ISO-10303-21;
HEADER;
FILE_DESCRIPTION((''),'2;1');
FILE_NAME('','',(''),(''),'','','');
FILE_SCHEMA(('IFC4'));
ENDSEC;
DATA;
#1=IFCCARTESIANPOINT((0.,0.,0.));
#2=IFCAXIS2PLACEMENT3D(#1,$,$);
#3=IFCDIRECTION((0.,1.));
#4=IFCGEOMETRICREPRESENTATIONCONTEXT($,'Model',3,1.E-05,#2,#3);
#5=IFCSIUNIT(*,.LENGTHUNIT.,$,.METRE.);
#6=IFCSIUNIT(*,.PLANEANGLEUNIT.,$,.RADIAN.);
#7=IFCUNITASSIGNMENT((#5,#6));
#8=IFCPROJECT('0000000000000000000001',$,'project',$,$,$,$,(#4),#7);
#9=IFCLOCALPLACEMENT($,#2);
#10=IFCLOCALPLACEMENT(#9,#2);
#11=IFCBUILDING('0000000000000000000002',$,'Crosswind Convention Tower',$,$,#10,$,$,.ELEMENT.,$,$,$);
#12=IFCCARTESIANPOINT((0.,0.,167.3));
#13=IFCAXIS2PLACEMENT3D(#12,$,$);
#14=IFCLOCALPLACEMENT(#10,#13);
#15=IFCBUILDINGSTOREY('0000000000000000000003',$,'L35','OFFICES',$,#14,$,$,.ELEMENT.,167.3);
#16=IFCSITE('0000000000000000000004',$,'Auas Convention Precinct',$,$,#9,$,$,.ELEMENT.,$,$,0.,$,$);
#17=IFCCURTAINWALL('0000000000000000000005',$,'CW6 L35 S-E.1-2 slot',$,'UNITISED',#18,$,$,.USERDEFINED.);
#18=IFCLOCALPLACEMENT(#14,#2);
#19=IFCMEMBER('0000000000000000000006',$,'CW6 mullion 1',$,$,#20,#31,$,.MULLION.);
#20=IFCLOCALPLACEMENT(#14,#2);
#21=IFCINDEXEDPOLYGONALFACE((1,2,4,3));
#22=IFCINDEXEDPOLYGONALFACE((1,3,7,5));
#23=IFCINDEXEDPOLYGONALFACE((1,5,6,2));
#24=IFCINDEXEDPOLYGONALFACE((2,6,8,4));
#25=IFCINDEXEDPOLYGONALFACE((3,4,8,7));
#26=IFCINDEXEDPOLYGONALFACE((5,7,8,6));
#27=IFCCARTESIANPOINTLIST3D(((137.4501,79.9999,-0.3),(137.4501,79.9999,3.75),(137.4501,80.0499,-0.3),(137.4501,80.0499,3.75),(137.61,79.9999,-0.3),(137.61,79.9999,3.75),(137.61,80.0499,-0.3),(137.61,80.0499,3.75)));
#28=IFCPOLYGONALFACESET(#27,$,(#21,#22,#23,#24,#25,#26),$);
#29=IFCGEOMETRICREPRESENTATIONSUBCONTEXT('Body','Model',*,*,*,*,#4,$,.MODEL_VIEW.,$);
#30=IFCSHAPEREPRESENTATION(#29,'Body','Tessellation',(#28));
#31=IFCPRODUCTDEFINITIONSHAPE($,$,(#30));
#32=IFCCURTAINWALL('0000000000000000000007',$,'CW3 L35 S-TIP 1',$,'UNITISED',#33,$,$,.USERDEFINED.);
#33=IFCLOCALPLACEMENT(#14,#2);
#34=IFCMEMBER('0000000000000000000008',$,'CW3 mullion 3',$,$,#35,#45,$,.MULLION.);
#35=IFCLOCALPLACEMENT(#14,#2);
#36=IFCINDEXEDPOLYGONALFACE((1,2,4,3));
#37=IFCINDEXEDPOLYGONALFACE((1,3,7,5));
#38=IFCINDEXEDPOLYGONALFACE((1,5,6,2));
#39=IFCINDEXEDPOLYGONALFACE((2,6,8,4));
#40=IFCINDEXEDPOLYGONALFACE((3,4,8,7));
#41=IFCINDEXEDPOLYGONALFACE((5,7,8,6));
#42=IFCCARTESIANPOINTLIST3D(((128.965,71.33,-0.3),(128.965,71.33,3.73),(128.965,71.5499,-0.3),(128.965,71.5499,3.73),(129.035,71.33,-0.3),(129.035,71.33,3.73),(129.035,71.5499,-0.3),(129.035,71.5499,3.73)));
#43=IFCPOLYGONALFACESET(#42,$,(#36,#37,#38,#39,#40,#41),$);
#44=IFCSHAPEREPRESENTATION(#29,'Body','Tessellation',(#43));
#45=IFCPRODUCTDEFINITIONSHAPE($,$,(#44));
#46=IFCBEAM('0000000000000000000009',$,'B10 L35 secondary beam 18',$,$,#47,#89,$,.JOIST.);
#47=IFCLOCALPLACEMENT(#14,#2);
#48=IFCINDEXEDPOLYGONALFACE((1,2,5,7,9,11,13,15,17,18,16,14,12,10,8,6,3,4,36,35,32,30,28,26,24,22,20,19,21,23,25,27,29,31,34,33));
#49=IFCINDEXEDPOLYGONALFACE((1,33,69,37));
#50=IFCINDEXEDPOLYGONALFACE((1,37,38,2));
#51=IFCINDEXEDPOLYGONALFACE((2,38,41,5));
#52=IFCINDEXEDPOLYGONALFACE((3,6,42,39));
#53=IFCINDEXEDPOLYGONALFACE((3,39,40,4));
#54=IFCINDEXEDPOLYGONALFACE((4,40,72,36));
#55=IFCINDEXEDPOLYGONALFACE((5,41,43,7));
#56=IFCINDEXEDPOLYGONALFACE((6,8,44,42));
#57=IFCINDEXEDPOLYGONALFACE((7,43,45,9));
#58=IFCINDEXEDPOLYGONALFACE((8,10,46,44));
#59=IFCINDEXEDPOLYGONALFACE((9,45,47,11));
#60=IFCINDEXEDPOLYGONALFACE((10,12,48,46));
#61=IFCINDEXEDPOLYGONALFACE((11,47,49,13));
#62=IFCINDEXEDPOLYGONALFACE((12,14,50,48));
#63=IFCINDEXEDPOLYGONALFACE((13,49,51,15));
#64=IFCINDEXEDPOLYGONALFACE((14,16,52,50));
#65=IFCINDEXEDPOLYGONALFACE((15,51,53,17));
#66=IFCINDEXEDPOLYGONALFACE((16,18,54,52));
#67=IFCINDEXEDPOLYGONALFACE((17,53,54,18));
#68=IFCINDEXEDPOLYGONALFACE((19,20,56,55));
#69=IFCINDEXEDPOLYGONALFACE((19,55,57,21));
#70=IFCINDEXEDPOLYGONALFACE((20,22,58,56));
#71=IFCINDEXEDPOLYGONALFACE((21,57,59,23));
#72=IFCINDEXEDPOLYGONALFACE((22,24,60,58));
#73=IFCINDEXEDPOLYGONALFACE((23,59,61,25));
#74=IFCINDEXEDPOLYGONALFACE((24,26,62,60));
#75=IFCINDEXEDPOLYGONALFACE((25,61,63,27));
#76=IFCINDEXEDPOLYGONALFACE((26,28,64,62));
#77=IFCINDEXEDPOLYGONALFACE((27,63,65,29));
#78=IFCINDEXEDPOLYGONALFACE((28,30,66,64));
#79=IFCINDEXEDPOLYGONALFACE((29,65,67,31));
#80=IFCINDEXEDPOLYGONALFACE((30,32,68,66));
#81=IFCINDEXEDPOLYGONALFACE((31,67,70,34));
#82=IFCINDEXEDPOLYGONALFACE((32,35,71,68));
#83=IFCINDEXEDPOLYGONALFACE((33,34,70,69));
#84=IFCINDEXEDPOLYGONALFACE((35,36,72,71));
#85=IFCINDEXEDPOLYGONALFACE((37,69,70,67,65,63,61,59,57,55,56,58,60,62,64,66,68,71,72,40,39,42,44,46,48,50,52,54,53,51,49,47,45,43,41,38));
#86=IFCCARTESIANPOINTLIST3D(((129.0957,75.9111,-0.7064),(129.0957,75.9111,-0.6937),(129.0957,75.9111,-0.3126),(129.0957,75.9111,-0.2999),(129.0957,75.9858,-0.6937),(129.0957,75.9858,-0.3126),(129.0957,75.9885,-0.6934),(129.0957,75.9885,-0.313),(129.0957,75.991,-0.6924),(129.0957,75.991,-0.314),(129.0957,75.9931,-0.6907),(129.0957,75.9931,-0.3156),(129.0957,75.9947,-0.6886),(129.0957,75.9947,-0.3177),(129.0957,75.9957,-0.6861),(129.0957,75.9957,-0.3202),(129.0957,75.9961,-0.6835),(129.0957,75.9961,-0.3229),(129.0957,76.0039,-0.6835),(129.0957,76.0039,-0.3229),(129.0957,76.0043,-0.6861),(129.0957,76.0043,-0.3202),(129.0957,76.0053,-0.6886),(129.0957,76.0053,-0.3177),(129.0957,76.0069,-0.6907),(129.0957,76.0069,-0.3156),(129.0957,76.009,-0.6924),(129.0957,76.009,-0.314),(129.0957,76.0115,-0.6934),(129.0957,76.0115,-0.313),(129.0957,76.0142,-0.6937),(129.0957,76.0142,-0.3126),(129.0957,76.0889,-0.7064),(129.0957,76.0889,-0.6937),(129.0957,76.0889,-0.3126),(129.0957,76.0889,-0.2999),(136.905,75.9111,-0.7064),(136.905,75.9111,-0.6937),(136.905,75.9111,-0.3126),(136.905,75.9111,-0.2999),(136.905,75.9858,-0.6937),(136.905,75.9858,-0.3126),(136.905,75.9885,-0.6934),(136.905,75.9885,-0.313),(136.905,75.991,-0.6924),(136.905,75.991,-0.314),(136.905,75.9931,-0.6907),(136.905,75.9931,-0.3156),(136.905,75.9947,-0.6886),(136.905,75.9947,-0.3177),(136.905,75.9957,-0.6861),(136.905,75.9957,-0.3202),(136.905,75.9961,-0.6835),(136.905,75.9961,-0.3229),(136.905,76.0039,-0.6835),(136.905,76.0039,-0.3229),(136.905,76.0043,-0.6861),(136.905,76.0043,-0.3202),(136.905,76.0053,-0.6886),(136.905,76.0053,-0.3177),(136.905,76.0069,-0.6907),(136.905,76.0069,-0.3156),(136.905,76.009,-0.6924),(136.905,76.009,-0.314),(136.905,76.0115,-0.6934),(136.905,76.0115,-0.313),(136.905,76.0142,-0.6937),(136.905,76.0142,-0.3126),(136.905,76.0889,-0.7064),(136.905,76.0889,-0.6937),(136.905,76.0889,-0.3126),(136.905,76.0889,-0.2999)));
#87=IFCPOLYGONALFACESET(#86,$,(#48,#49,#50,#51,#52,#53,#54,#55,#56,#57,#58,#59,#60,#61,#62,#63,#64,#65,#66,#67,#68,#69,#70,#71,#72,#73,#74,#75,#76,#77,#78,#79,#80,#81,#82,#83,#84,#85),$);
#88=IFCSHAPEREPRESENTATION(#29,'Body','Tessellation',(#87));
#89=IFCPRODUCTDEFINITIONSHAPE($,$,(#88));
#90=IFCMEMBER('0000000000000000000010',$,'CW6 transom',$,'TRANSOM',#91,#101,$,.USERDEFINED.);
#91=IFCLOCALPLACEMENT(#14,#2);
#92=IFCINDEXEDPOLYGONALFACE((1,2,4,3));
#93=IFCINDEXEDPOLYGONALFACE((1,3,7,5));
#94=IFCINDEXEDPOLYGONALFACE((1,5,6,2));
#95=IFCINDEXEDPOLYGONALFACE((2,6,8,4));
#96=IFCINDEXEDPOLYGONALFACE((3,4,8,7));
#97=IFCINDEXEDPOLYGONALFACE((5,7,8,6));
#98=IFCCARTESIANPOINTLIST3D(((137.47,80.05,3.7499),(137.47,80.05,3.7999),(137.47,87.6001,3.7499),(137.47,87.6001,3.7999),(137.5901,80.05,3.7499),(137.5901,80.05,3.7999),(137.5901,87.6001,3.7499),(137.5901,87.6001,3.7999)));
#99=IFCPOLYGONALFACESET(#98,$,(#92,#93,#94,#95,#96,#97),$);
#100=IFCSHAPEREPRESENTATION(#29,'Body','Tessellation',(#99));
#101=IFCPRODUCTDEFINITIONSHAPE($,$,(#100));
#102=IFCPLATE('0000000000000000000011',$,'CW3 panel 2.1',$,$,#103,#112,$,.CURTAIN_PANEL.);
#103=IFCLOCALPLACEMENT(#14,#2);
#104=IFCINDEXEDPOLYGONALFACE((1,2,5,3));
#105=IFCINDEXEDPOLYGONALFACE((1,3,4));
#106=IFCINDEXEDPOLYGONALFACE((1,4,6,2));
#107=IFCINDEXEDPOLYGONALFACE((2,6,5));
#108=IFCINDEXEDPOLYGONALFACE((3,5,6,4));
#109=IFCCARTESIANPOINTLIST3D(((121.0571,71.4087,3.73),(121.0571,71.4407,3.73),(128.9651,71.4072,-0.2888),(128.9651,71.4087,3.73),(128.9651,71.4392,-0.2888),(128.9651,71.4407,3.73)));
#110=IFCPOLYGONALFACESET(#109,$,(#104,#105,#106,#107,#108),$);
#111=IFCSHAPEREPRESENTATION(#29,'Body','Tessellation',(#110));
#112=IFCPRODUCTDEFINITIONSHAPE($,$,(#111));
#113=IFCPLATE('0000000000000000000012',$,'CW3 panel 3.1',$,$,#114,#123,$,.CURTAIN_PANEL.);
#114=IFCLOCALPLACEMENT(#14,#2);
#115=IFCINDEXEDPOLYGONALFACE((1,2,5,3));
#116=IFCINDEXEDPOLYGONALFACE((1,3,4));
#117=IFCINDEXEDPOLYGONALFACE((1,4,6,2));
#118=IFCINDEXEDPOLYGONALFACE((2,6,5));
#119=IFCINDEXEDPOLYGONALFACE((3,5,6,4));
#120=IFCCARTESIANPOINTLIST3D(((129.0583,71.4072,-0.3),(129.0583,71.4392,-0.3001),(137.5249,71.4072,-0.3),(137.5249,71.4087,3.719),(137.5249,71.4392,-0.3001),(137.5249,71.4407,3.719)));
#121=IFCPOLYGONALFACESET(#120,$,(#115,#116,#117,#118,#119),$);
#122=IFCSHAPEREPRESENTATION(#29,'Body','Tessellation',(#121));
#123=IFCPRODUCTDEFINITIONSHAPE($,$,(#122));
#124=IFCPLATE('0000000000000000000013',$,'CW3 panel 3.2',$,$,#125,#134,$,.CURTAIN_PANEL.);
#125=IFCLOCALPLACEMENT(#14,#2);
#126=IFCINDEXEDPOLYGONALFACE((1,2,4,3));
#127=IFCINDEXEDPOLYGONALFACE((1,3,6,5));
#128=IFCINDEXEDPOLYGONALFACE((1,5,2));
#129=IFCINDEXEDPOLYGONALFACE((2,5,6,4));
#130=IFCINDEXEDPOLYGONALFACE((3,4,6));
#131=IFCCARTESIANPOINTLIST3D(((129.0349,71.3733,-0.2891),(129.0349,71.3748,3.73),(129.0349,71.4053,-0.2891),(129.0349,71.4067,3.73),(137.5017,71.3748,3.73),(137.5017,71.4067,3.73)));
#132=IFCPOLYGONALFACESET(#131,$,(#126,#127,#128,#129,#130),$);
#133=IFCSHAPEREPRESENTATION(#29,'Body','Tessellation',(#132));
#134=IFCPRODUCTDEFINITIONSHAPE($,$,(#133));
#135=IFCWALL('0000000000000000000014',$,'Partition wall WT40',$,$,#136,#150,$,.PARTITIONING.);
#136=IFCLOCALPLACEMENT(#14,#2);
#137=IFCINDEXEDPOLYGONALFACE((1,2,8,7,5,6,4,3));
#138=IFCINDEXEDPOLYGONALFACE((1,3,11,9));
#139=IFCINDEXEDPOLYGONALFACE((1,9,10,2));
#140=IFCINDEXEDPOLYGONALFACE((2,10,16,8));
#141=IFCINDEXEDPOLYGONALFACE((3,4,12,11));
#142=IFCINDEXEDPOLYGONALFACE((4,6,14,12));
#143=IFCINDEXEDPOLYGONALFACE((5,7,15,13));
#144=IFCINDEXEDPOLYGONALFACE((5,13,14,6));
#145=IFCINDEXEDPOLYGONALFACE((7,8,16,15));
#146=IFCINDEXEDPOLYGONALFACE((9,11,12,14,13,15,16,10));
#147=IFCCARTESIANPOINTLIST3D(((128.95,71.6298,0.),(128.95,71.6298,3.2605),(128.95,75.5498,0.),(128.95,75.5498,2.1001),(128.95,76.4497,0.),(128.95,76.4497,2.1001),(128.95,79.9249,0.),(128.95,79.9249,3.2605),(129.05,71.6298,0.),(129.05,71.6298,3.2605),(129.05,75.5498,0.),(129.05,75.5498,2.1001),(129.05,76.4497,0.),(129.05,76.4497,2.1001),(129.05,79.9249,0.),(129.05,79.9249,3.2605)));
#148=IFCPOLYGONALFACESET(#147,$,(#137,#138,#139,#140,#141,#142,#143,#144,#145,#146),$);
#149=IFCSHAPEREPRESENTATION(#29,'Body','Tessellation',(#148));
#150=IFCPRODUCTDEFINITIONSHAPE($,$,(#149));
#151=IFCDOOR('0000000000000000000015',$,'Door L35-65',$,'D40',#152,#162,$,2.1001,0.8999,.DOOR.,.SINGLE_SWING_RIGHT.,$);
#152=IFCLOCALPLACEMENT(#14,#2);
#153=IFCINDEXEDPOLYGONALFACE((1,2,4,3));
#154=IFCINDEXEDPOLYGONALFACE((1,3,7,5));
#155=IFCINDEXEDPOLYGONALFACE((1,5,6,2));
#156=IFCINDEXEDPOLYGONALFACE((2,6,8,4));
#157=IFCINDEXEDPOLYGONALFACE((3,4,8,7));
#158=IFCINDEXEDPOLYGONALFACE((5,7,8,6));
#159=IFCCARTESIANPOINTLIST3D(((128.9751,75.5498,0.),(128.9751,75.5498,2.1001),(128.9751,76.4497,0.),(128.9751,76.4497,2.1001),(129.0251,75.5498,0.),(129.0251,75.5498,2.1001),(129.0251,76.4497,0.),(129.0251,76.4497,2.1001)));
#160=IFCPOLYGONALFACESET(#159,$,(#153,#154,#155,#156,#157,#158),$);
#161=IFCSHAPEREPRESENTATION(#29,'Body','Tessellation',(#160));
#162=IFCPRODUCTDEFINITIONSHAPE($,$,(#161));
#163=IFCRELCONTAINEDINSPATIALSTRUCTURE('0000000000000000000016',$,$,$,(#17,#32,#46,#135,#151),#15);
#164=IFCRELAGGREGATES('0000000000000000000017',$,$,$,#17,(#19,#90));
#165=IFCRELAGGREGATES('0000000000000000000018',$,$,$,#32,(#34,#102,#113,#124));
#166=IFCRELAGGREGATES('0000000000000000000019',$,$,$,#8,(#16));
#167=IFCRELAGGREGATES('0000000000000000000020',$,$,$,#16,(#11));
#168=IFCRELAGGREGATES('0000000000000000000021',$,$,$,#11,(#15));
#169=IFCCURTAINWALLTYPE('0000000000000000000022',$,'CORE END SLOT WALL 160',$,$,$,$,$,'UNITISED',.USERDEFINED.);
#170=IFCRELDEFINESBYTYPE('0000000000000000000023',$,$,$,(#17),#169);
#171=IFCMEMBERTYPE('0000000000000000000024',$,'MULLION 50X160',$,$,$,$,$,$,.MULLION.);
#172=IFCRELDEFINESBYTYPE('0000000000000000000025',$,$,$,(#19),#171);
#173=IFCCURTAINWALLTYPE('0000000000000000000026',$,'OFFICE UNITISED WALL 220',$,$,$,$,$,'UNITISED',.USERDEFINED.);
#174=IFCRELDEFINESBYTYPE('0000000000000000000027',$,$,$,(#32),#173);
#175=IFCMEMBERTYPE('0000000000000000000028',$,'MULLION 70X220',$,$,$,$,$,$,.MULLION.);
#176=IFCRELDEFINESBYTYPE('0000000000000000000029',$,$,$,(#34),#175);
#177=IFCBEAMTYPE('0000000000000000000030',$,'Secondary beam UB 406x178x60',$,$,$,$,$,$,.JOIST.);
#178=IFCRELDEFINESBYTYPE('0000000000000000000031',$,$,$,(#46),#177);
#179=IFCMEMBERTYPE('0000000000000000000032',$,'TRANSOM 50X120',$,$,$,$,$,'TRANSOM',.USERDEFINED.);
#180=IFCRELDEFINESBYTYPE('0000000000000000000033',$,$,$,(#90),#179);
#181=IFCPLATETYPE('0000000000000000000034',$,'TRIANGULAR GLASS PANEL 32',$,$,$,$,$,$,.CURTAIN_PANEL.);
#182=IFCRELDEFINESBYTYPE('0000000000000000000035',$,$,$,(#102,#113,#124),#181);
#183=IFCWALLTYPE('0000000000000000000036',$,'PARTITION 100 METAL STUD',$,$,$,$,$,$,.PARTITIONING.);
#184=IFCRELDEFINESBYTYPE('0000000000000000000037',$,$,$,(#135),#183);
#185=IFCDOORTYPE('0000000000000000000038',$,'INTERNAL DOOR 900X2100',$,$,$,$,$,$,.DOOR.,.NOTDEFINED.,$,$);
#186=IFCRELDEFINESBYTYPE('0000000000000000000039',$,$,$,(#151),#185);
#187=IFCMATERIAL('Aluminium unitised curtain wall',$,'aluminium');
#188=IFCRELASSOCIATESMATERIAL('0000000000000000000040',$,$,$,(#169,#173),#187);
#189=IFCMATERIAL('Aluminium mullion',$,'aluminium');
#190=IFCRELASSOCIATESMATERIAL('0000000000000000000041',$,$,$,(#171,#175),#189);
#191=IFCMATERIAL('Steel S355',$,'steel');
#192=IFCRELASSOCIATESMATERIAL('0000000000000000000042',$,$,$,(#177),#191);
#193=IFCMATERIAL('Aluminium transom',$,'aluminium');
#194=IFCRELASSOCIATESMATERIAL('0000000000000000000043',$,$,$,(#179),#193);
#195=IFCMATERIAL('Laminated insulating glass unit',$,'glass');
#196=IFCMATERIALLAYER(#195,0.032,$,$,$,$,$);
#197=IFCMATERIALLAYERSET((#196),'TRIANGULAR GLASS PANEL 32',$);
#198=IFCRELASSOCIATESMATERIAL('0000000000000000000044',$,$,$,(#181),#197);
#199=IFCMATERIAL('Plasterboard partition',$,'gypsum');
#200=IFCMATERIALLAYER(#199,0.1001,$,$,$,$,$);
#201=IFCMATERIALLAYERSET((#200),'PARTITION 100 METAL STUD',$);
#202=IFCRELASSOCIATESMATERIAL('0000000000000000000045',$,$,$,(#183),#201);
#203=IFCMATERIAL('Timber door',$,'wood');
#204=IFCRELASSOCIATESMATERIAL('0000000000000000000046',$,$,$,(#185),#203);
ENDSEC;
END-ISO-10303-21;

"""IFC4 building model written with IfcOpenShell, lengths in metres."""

from ifc_helpers import new_model, si_unit, direction, frame, frame_2d, origin, origin_2d, place, context, subcontext, project, spatial, polyline, rectangle, i_section, outline, extrude, material, layer, layer_set, material_profile, profile_set, type_object, element, fill, aggregate, save


model = new_model("IFC4")

# Units and contexts
model_context = context("Model", 3, precision=1e-05, world=origin(), true_north=direction((0.0, 1.0)))
body_context = subcontext(model_context, "Body", "Model", "MODEL_VIEW")
ifc_project = project(units=[si_unit("LENGTHUNIT", "METRE"), si_unit("PLANEANGLEUNIT", "RADIAN")], contexts=[model_context])

# Site, building, storey
site_placement = place(None, origin())
site = spatial("IfcSite", under=ifc_project, at=site_placement, Name="Auas Convention Precinct", CompositionType="ELEMENT", RefElevation=0.0)
building_placement = place(site_placement, origin())
building = spatial("IfcBuilding", under=site, at=building_placement, Name="Crosswind Convention Tower", CompositionType="ELEMENT")
storey_placement = place(building_placement, frame((0.0, 0.0, 167.3)))
storey = spatial("IfcBuildingStorey", under=building, at=storey_placement, Name="L35", Description="OFFICES", CompositionType="ELEMENT", Elevation=167.3)

# Shared definitions
ifc_material_1 = material(Name="Steel S355", Category="steel")

# Curtain walls, members
ifc_material_2 = material(Name="Aluminium unitised curtain wall", Category="aluminium")
curtain_wall_type_1 = type_object("IfcCurtainWallType", Name="CORE END SLOT WALL 160", ElementType="UNITISED", PredefinedType="USERDEFINED", material=ifc_material_2)
curtain_wall_1_placement = place(storey_placement, origin())
curtain_wall_1 = element("IfcCurtainWall", 1, at=curtain_wall_1_placement, inside=storey, type_object=curtain_wall_type_1, Name="CW6 L35 S-E.1-2 slot", ObjectType="UNITISED", PredefinedType="USERDEFINED")
ifc_material_3 = material(Name="Aluminium mullion", Category="aluminium")
ifc_material_profile_1 = material_profile(ifc_material_3, rectangle(XDim=0.1599, YDim=0.05, at=origin_2d()), Name="AL 160X50")
ifc_profile_set_1 = profile_set([ifc_material_profile_1], Name="Aluminium mullion")
member_type_1 = type_object("IfcMemberType", Name="MULLION 50X160", PredefinedType="MULLION", material=ifc_profile_set_1)
member_1_placement = place(storey_placement, frame((137.53, 80.0249, -0.3), z_axis=(0.0, 0.0, 1.0), x_axis=(1.0, 0.0, 0.0)))
member_1 = element("IfcMember", 2, at=member_1_placement, type_object=member_type_1, Name="CW6 mullion 1", PredefinedType="MULLION", context=body_context, shape_type="SweptSolid", body=[
    extrude(rectangle(XDim=0.1599, YDim=0.05, at=origin_2d()), origin(), (0.0, 0.0, 1.0), 4.05),
])
curtain_wall_type_2 = type_object("IfcCurtainWallType", Name="OFFICE UNITISED WALL 220", ElementType="UNITISED", PredefinedType="USERDEFINED", material=ifc_material_2)
curtain_wall_2_placement = place(storey_placement, origin())
curtain_wall_2 = element("IfcCurtainWall", 3, at=curtain_wall_2_placement, inside=storey, type_object=curtain_wall_type_2, Name="CW3 L35 S-TIP 1", ObjectType="UNITISED", PredefinedType="USERDEFINED")
ifc_material_profile_2 = material_profile(ifc_material_3, rectangle(XDim=0.22, YDim=0.0701, at=origin_2d()), Name="AL 220X70")
ifc_profile_set_2 = profile_set([ifc_material_profile_2], Name="Aluminium mullion")
member_type_2 = type_object("IfcMemberType", Name="MULLION 70X220", PredefinedType="MULLION", material=ifc_profile_set_2)
member_2_placement = place(storey_placement, frame((129.0, 71.4399, -0.3), z_axis=(0.0, 0.0, 1.0), x_axis=(0.0, -1.0, 0.0)))
member_2 = element("IfcMember", 4, at=member_2_placement, type_object=member_type_2, Name="CW3 mullion 3", PredefinedType="MULLION", context=body_context, shape_type="SweptSolid", body=[
    extrude(rectangle(XDim=0.22, YDim=0.0701, at=origin_2d()), origin(), (0.0, 0.0, 1.0), 4.03),
])

# Beam
ifc_material_profile_3 = material_profile(ifc_material_1, i_section(OverallWidth=0.1777, OverallDepth=0.4065, WebThickness=0.0078, FlangeThickness=0.0127, FilletRadius=0.0103, at=origin_2d()), Name="UB 406x178x60")
ifc_profile_set_3 = profile_set([ifc_material_profile_3], Name="Steel S355")
beam_type_1 = type_object("IfcBeamType", Name="Secondary beam UB 406x178x60", PredefinedType="JOIST", material=ifc_profile_set_3)
beam_1_placement = place(storey_placement, frame((129.0957, 76.0, -0.5032), z_axis=(1.0, 0.0, 0.0), x_axis=(0.0, 1.0, 0.0)))
element("IfcBeam", 5, at=beam_1_placement, inside=storey, type_object=beam_type_1, Name="B10 L35 secondary beam 18", PredefinedType="JOIST", context=body_context, shape_type="SweptSolid", body=[
    extrude(i_section(OverallWidth=0.1777, OverallDepth=0.4065, WebThickness=0.0078, FlangeThickness=0.0127, FilletRadius=0.0103, at=origin_2d()), origin(), (0.0, 0.0, 1.0), 7.8093),
])

# Member
ifc_material_4 = material(Name="Aluminium transom", Category="aluminium")
ifc_material_profile_4 = material_profile(ifc_material_4, rectangle(XDim=0.1201, YDim=0.05, at=origin_2d()), Name="AL 120X50")
ifc_profile_set_4 = profile_set([ifc_material_profile_4], Name="Aluminium transom")
member_type_3 = type_object("IfcMemberType", Name="TRANSOM 50X120", ElementType="TRANSOM", PredefinedType="USERDEFINED", material=ifc_profile_set_4)
member_3_placement = place(storey_placement, frame((137.53, 80.05, 3.7749), z_axis=(0.0, 1.0, 0.0), x_axis=(-1.0, 0.0, 0.0)))
member_3 = element("IfcMember", 6, at=member_3_placement, type_object=member_type_3, Name="CW6 transom", ObjectType="TRANSOM", PredefinedType="USERDEFINED", context=body_context, shape_type="SweptSolid", body=[
    extrude(rectangle(XDim=0.1201, YDim=0.05, at=origin_2d()), origin(), (0.0, 0.0, 1.0), 7.55),
])
aggregate(curtain_wall_1, [member_1, member_3])

# Plates
ifc_material_5 = material(Name="Laminated insulating glass unit", Category="glass")
ifc_layer_1 = layer(ifc_material_5, 0.032)
ifc_layer_set_1 = layer_set([ifc_layer_1], Name="TRIANGULAR GLASS PANEL 32")
plate_type = type_object("IfcPlateType", Name="TRIANGULAR GLASS PANEL 32", PredefinedType="CURTAIN_PANEL", material=ifc_layer_set_1)
plate_1_placement = place(storey_placement, frame((128.9651, 71.4087, 3.73), z_axis=(0.0, -1.0, 0.000364), x_axis=(-1.0, 0.0, 0.0)))
plate_1 = element("IfcPlate", 7, at=plate_1_placement, type_object=plate_type, Name="CW3 panel 2.1", PredefinedType="CURTAIN_PANEL", context=body_context, shape_type="SweptSolid", body=[
    extrude(outline(polyline([(0.0, 0.0), (7.908, 0.0), (0.0, 4.0188), (0.0, 0.0)])), origin(), (0.0, 0.0, -1.0), 0.032),
])
plate_2_placement = place(storey_placement, frame((137.5249, 71.4072, -0.3), z_axis=(0.0, -1.0, 0.000364), x_axis=(0.0, 0.000364, 1.0)))
plate_2 = element("IfcPlate", 8, at=plate_2_placement, type_object=plate_type, Name="CW3 panel 3.1", PredefinedType="CURTAIN_PANEL", context=body_context, shape_type="SweptSolid", body=[
    extrude(outline(polyline([(0.0, 0.0), (4.019, 0.0), (0.0, 8.4666), (0.0, 0.0)])), origin(), (0.0, 0.0, -1.0), 0.032),
])
plate_3_placement = place(storey_placement, frame((129.0349, 71.3748, 3.73), z_axis=(0.0, -1.0, 0.000364), x_axis=(0.0, -0.000364, -1.0)))
plate_3 = element("IfcPlate", 9, at=plate_3_placement, type_object=plate_type, Name="CW3 panel 3.2", PredefinedType="CURTAIN_PANEL", context=body_context, shape_type="SweptSolid", body=[
    extrude(outline(polyline([(0.0, 0.0), (4.019, 0.0), (0.0, 8.4668), (0.0, 0.0)])), origin(), (0.0, 0.0, -1.0), 0.032),
])
aggregate(curtain_wall_2, [member_2, plate_1, plate_2, plate_3])

# Wall, opening, door
ifc_material_6 = material(Name="Plasterboard partition", Category="gypsum")
ifc_layer_2 = layer(ifc_material_6, 0.1001)
ifc_layer_set_2 = layer_set([ifc_layer_2], Name="PARTITION 100 METAL STUD")
wall_type_1 = type_object("IfcWallType", Name="PARTITION 100 METAL STUD", PredefinedType="PARTITIONING", material=ifc_layer_set_2)
wall_1_placement = place(storey_placement, frame((129.0, 71.6299, 0.0), z_axis=(0.0, 0.0, 1.0), x_axis=(0.0, 1.0, 0.0)))
wall_1 = element("IfcWall", 10, at=wall_1_placement, inside=storey, type_object=wall_type_1, Name="Partition wall WT40", PredefinedType="PARTITIONING", context=body_context, shape_type="SweptSolid", body=[
    extrude(rectangle(XDim=8.2952, YDim=0.1001, at=frame_2d((4.1475, 0.0))), origin(), (0.0, 0.0, 1.0), 3.2605),
])
opening_1_placement = place(wall_1_placement, frame((3.9199, 0.0, 0.0)))
opening_1 = element("IfcOpeningElement", 11, at=opening_1_placement, cuts=wall_1, PredefinedType="OPENING", context=body_context, shape_type="SweptSolid", body=[
    extrude(rectangle(XDim=0.8999, YDim=2.1001, at=frame_2d((0.45, 1.05))), frame((0.0, 0.0601, 0.0), z_axis=(0.0, -1.0, 0.0), x_axis=(1.0, 0.0, 0.0)), (0.0, 0.0, 1.0), 0.1201),
])
ifc_material_7 = material(Name="Timber door", Category="wood")
door_type_1 = type_object("IfcDoorType", Name="INTERNAL DOOR 900X2100", OperationType="NOTDEFINED", PredefinedType="DOOR", material=ifc_material_7)
door_1_placement = place(opening_1_placement, origin())
door_1 = element("IfcDoor", 12, at=door_1_placement, inside=storey, type_object=door_type_1, Name="Door L35-65", ObjectType="D40", OperationType="SINGLE_SWING_RIGHT", OverallHeight=2.1001, OverallWidth=0.8999, PredefinedType="DOOR", context=body_context, shape_type="SweptSolid", body=[
    extrude(rectangle(XDim=0.8999, YDim=2.1001, at=frame_2d((0.45, 1.05))), frame((0.0, 0.0249, 0.0), z_axis=(0.0, -1.0, 0.0), x_axis=(1.0, 0.0, 0.0)), (0.0, 0.0, 1.0), 0.05),
])
fill(opening_1, door_1)

save(model, "model.ifc")
